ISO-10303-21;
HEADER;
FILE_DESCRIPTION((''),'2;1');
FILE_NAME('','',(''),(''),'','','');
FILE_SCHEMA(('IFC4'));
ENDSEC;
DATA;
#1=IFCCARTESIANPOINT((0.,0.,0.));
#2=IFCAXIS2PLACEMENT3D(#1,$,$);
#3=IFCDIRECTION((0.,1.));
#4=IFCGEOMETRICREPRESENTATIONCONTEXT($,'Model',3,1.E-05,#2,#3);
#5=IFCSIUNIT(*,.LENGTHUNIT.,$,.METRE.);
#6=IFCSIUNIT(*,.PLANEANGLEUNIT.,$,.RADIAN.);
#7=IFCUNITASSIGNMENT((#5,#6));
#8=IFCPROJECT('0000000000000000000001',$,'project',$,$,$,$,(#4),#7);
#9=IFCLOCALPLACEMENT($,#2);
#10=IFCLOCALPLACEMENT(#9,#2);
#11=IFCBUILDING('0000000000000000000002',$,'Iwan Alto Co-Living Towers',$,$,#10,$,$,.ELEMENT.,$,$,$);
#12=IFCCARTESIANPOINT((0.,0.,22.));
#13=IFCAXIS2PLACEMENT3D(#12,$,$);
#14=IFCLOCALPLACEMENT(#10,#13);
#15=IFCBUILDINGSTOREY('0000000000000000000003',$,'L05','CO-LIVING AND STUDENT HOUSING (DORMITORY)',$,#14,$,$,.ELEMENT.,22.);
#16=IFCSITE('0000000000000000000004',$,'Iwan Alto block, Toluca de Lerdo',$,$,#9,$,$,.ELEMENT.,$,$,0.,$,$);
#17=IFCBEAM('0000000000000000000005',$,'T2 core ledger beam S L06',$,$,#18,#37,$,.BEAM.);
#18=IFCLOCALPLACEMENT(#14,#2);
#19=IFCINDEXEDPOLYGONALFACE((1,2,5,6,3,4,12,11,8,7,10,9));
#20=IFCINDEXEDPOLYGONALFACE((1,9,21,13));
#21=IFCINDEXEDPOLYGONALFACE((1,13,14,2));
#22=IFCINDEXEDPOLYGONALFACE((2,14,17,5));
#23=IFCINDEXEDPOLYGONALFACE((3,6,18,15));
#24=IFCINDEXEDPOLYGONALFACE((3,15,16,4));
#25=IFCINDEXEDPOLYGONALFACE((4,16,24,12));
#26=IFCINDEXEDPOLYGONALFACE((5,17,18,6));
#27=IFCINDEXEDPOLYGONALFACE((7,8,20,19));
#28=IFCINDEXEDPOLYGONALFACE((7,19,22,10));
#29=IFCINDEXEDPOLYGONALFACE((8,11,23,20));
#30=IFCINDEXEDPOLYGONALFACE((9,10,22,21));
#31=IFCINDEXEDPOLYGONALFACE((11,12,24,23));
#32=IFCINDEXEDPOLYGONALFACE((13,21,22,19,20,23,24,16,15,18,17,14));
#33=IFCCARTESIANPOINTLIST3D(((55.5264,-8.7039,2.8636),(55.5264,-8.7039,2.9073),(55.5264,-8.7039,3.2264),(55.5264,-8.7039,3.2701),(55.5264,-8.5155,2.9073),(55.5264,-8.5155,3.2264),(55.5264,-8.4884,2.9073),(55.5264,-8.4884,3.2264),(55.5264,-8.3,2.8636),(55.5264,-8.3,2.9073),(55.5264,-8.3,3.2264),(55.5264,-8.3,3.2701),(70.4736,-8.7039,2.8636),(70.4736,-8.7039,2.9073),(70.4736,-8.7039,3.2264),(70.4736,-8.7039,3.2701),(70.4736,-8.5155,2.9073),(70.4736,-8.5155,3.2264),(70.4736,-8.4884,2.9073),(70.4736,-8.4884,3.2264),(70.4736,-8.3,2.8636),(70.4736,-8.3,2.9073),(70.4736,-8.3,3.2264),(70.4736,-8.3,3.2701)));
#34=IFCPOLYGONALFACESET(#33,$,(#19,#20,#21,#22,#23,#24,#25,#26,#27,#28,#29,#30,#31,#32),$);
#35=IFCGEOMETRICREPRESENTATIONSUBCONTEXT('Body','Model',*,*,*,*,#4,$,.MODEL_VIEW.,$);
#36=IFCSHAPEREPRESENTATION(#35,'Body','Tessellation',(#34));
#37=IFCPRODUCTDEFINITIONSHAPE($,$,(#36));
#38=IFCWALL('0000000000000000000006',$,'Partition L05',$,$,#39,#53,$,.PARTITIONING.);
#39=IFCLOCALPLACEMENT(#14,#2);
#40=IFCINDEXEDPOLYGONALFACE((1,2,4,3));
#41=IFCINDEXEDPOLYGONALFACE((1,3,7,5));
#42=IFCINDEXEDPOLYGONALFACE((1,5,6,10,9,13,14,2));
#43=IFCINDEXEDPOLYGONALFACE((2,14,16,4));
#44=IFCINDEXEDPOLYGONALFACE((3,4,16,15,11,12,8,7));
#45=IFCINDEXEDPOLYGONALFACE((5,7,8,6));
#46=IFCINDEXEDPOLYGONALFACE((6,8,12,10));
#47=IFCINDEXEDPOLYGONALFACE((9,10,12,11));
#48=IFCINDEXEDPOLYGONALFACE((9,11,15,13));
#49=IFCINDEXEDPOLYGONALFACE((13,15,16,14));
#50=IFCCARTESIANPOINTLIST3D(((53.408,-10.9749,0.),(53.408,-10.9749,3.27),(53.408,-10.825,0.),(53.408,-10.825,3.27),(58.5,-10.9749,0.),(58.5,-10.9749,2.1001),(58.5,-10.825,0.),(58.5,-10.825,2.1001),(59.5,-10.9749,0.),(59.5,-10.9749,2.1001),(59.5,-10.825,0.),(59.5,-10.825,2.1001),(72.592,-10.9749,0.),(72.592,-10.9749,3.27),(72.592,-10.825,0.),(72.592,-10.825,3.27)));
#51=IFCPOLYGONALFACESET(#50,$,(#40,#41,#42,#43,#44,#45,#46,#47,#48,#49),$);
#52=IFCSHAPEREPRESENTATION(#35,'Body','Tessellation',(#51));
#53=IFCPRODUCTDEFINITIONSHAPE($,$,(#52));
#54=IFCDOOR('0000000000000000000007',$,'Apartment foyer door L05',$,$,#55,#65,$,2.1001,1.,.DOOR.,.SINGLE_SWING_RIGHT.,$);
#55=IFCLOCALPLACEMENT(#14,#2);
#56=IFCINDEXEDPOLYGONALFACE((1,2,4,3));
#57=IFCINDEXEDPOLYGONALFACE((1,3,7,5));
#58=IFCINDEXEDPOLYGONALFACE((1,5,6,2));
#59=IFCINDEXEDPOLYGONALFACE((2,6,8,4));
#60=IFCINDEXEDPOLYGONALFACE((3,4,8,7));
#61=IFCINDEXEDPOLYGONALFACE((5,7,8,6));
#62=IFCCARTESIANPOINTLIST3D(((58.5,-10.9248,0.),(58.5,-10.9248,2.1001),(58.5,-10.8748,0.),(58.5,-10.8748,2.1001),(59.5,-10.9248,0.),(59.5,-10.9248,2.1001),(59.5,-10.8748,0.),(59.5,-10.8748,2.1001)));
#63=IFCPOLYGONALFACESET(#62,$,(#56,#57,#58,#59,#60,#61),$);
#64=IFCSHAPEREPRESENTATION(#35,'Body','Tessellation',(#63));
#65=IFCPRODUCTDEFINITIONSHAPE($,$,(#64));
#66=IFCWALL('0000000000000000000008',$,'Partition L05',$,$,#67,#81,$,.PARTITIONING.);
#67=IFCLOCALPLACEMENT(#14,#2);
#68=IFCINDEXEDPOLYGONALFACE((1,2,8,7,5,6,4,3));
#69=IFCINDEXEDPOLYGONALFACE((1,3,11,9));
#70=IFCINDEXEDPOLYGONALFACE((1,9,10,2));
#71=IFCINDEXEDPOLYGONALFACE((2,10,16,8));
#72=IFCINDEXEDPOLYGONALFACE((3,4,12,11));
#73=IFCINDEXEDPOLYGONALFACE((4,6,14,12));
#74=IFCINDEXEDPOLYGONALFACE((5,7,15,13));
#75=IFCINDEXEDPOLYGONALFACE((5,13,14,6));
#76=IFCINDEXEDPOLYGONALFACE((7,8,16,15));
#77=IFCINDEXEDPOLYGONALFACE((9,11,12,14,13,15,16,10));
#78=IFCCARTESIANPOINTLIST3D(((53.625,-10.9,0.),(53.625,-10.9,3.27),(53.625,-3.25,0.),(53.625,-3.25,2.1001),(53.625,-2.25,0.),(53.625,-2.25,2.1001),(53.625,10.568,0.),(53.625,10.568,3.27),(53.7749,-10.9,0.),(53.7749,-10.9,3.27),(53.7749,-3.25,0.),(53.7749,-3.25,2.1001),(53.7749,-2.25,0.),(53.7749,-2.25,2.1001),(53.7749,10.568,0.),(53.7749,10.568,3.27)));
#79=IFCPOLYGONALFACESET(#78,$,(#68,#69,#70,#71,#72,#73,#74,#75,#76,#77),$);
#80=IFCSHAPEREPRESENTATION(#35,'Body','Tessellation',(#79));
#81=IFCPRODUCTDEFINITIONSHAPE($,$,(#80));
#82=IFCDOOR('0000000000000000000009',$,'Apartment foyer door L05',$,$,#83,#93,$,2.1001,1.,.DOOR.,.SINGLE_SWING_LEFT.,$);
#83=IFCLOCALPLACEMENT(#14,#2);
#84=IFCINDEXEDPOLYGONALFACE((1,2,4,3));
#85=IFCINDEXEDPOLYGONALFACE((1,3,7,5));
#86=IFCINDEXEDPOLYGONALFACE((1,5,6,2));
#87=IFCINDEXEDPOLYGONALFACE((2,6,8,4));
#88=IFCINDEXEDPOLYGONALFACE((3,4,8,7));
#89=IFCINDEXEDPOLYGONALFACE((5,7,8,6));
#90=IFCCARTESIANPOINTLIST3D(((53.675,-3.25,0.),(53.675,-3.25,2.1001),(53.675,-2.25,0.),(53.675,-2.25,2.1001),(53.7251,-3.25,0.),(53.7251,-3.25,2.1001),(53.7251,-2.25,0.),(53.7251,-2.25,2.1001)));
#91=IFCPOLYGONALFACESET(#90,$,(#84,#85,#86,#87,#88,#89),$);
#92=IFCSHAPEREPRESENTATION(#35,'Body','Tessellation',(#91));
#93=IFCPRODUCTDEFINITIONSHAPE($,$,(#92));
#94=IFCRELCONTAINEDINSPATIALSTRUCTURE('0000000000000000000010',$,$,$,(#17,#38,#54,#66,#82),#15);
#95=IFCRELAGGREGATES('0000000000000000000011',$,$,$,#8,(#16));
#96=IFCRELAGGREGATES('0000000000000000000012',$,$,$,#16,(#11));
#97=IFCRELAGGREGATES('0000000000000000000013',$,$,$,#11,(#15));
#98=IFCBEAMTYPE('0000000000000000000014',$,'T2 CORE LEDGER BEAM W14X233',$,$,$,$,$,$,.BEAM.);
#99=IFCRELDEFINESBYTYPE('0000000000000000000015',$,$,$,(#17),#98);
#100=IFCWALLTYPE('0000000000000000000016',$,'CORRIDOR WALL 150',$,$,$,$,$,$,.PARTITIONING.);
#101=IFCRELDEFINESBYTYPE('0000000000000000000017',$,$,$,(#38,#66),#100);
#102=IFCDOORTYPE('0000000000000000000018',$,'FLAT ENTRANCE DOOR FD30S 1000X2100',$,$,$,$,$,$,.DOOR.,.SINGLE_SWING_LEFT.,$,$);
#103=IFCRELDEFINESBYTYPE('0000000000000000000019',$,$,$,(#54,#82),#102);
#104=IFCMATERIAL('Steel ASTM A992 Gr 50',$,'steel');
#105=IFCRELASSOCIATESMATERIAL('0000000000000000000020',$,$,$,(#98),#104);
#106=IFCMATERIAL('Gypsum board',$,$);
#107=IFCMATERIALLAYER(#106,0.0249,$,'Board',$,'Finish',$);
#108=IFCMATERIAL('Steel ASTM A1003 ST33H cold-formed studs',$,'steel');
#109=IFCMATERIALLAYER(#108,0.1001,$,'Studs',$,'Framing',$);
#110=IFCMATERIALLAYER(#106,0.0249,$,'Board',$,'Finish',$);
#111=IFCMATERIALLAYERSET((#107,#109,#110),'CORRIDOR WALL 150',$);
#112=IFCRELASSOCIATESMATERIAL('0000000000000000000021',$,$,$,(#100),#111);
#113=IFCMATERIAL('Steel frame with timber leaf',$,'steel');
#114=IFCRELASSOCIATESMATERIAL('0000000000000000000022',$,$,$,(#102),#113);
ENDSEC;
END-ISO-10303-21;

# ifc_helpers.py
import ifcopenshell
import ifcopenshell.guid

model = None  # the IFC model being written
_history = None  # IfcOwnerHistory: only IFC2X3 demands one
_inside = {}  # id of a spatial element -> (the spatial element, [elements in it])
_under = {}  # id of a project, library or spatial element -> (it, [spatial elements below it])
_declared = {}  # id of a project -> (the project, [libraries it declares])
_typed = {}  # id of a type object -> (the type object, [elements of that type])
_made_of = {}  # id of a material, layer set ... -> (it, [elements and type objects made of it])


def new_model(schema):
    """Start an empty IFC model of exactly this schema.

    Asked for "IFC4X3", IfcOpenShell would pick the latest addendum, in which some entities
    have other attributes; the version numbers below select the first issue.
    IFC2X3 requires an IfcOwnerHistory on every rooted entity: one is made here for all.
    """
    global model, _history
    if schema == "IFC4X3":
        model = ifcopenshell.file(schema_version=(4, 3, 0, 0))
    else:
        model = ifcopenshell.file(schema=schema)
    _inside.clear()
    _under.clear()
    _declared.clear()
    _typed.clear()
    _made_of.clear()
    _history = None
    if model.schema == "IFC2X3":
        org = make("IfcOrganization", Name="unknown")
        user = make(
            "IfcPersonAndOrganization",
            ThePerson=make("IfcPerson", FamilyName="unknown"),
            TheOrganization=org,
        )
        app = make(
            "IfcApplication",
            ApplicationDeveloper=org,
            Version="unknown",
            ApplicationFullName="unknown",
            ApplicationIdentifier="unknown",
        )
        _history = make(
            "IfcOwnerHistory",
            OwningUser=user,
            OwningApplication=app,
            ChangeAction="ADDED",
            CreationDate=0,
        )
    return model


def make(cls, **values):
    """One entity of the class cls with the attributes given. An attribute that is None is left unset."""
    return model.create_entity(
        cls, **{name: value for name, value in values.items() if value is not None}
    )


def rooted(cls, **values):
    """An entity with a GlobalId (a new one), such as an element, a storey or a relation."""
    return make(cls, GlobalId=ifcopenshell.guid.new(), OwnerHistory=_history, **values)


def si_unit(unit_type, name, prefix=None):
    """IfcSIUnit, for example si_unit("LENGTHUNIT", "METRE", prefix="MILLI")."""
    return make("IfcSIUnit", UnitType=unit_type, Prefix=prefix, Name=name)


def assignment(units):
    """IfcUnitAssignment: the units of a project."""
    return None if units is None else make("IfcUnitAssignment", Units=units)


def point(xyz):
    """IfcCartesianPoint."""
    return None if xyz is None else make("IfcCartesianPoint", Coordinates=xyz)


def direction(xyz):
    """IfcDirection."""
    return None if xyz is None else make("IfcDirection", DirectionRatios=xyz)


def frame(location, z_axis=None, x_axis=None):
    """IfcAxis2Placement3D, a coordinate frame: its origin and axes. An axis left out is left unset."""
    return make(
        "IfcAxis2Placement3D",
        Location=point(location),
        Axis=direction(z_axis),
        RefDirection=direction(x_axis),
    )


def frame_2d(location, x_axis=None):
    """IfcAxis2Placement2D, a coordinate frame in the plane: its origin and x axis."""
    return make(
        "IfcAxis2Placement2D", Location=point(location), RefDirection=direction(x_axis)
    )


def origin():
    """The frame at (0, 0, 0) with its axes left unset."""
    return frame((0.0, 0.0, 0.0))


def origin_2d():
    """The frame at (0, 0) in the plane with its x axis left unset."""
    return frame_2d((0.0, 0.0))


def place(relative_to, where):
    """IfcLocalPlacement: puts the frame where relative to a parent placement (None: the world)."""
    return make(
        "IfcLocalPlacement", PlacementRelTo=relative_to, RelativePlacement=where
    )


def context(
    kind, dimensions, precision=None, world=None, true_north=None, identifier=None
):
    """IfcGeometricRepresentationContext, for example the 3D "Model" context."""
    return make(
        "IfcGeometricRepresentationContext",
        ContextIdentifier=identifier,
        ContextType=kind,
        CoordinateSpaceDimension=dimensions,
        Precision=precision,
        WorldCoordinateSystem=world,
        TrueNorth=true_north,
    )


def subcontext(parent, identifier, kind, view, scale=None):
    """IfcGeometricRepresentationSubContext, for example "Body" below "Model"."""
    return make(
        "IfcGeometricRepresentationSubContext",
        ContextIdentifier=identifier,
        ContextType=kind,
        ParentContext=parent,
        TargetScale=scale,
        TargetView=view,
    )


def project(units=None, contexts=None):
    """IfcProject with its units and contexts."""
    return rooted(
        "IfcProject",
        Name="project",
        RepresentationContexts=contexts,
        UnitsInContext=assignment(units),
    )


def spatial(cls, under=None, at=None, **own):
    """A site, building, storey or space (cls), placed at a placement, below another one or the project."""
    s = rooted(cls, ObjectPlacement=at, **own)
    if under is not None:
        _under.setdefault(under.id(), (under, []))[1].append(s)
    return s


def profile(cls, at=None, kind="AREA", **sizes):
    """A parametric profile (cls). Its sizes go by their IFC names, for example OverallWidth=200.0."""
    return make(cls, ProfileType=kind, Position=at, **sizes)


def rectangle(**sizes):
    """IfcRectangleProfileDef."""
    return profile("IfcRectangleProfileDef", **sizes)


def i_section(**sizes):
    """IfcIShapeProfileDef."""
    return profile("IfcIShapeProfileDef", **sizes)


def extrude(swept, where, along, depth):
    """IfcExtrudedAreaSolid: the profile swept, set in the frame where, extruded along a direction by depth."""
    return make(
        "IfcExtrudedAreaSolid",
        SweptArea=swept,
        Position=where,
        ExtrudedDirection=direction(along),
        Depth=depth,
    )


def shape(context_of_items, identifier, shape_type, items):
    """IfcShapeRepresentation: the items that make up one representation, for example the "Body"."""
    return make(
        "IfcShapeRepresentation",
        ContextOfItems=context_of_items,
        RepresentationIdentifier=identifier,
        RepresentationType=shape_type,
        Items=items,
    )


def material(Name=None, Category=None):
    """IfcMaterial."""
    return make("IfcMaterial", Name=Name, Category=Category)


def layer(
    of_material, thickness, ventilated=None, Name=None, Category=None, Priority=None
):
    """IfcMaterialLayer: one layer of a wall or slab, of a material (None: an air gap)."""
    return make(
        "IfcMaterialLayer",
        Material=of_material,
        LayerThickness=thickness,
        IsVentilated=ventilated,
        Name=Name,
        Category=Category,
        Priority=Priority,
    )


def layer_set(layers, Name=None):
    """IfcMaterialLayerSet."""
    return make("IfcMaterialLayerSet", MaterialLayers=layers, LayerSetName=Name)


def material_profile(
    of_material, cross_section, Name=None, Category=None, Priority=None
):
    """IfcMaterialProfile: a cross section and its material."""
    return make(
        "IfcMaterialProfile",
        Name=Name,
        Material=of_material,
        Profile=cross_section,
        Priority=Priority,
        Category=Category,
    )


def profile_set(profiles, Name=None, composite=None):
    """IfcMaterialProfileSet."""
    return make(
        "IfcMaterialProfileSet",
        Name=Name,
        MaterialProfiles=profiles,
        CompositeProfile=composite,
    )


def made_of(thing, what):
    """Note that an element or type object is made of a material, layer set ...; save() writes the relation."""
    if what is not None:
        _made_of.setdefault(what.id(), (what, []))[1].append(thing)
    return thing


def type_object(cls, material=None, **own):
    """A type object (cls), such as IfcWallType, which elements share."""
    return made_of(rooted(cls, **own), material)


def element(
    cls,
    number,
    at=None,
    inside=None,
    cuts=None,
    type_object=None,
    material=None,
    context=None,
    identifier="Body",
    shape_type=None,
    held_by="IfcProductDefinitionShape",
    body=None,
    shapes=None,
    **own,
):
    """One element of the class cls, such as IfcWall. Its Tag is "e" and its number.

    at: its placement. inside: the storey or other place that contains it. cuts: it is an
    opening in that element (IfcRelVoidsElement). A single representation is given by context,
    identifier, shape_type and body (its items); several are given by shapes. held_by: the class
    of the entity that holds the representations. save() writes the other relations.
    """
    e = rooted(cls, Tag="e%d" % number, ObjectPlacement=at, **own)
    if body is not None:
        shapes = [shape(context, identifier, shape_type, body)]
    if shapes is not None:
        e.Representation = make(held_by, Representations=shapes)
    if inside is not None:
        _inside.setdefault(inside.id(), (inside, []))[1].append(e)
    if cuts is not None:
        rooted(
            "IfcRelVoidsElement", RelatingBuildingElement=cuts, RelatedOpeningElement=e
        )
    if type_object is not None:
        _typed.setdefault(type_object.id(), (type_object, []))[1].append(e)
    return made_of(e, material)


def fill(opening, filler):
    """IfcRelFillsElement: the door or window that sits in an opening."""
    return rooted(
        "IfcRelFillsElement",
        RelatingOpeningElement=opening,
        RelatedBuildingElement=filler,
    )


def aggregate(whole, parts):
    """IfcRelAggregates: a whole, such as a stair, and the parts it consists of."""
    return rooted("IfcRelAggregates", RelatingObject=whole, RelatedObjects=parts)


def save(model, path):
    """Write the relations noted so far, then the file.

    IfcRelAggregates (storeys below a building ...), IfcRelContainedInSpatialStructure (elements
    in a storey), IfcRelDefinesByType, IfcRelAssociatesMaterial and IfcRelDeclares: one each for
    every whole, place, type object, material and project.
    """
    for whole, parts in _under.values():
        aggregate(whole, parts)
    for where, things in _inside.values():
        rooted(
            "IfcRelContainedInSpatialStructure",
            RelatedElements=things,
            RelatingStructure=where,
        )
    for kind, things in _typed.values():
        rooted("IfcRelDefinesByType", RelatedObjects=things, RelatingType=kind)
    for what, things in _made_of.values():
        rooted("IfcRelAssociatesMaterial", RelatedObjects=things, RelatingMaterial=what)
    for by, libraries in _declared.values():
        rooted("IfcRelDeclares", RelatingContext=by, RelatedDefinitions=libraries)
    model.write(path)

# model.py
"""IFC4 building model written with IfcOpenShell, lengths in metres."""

from ifc_helpers import new_model, si_unit, direction, frame, frame_2d, origin, origin_2d, place, context, subcontext, project, spatial, rectangle, i_section, extrude, material, layer, layer_set, material_profile, profile_set, type_object, element, fill, save


model = new_model("IFC4")

# Units and contexts
model_context = context("Model", 3, precision=1e-05, world=origin(), true_north=direction((0.0, 1.0)))
body_context = subcontext(model_context, "Body", "Model", "MODEL_VIEW")
ifc_project = project(units=[si_unit("LENGTHUNIT", "METRE"), si_unit("PLANEANGLEUNIT", "RADIAN")], contexts=[model_context])

# Site, building, storey
site_placement = place(None, origin())
site = spatial("IfcSite", under=ifc_project, at=site_placement, Name="Iwan Alto block, Toluca de Lerdo", CompositionType="ELEMENT", RefElevation=0.0)
building_placement = place(site_placement, origin())
building = spatial("IfcBuilding", under=site, at=building_placement, Name="Iwan Alto Co-Living Towers", CompositionType="ELEMENT")
storey_placement = place(building_placement, frame((0.0, 0.0, 22.0)))
storey = spatial("IfcBuildingStorey", under=building, at=storey_placement, Name="L05", Description="CO-LIVING AND STUDENT HOUSING (DORMITORY)", CompositionType="ELEMENT", Elevation=22.0)

# Beam
ifc_material_1 = material(Name="Steel ASTM A992 Gr 50", Category="steel")
ifc_material_profile = material_profile(ifc_material_1, i_section(OverallWidth=0.4038, OverallDepth=0.4065, WebThickness=0.0271, FlangeThickness=0.0437, at=origin_2d()), Name="W14X233")
ifc_profile_set = profile_set([ifc_material_profile], Name="Steel ASTM A992 Gr 50")
beam_type = type_object("IfcBeamType", Name="T2 CORE LEDGER BEAM W14X233", PredefinedType="BEAM", material=ifc_profile_set)
beam_placement = place(storey_placement, frame((55.5264, -8.502, 3.0669), z_axis=(1.0, 0.0, 0.0), x_axis=(0.0, 1.0, 0.0)))
element("IfcBeam", 1, at=beam_placement, inside=storey, type_object=beam_type, Name="T2 core ledger beam S L06", PredefinedType="BEAM", context=body_context, shape_type="SweptSolid", body=[
    extrude(i_section(OverallWidth=0.4038, OverallDepth=0.4065, WebThickness=0.0271, FlangeThickness=0.0437, at=origin_2d()), origin(), (0.0, 0.0, 1.0), 14.9473),
])

# Walls, openings, doors
ifc_material_2 = material(Name="Gypsum board")
ifc_layer_1 = layer(ifc_material_2, 0.0249, Name="Board", Category="Finish")
ifc_material_3 = material(Name="Steel ASTM A1003 ST33H cold-formed studs", Category="steel")
ifc_layer_2 = layer(ifc_material_3, 0.1001, Name="Studs", Category="Framing")
ifc_layer_3 = layer(ifc_material_2, 0.0249, Name="Board", Category="Finish")
ifc_layer_set_1 = layer_set([ifc_layer_1, ifc_layer_2, ifc_layer_3], Name="CORRIDOR WALL 150")
wall_type_1 = type_object("IfcWallType", Name="CORRIDOR WALL 150", PredefinedType="PARTITIONING", material=ifc_layer_set_1)
wall_1_placement = place(storey_placement, frame((53.408, -10.8999, 0.0), z_axis=(0.0, 0.0, 1.0), x_axis=(1.0, 0.0, 0.0)))
wall_1 = element("IfcWall", 2, at=wall_1_placement, inside=storey, type_object=wall_type_1, Name="Partition L05", PredefinedType="PARTITIONING", context=body_context, shape_type="SweptSolid", body=[
    extrude(rectangle(XDim=19.1841, YDim=0.1499, at=frame_2d((9.592, 0.0))), origin(), (0.0, 0.0, 1.0), 3.27),
])
opening_1_placement = place(wall_1_placement, frame((5.092, 0.0, 0.0)))
opening_1 = element("IfcOpeningElement", 3, at=opening_1_placement, cuts=wall_1, PredefinedType="OPENING", context=body_context, shape_type="SweptSolid", body=[
    extrude(rectangle(XDim=1.0, YDim=2.1001, at=frame_2d((0.5, 1.05))), frame((0.0, 0.085, 0.0), z_axis=(0.0, -1.0, 0.0), x_axis=(1.0, 0.0, 0.0)), (0.0, 0.0, 1.0), 0.1699),
])
ifc_material_4 = material(Name="Steel frame with timber leaf", Category="steel")
door_type_1 = type_object("IfcDoorType", Name="FLAT ENTRANCE DOOR FD30S 1000X2100", OperationType="SINGLE_SWING_LEFT", PredefinedType="DOOR", material=ifc_material_4)
door_1_placement = place(opening_1_placement, frame((1.0, 0.0, 0.0), z_axis=(0.0, 0.0, 1.0), x_axis=(-1.0, 0.0, 0.0)))
door_1 = element("IfcDoor", 4, at=door_1_placement, inside=storey, type_object=door_type_1, Name="Apartment foyer door L05", OperationType="SINGLE_SWING_RIGHT", OverallHeight=2.1001, OverallWidth=1.0, PredefinedType="DOOR", context=body_context, shape_type="SweptSolid", body=[
    extrude(rectangle(XDim=1.0, YDim=2.1001, at=frame_2d((0.5, 1.05))), frame((0.0, 0.0249, 0.0), z_axis=(0.0, -1.0, 0.0), x_axis=(1.0, 0.0, 0.0)), (0.0, 0.0, 1.0), 0.05),
])
fill(opening_1, door_1)
wall_2_placement = place(storey_placement, frame((53.7, -10.8999, 0.0), z_axis=(0.0, 0.0, 1.0), x_axis=(0.0, 1.0, 0.0)))
wall_2 = element("IfcWall", 5, at=wall_2_placement, inside=storey, type_object=wall_type_1, Name="Partition L05", PredefinedType="PARTITIONING", context=body_context, shape_type="SweptSolid", body=[
    extrude(rectangle(XDim=21.468, YDim=0.1499, at=frame_2d((10.7339, 0.0))), origin(), (0.0, 0.0, 1.0), 3.27),
])
opening_2_placement = place(wall_2_placement, frame((7.6499, 0.0, 0.0)))
opening_2 = element("IfcOpeningElement", 6, at=opening_2_placement, cuts=wall_2, PredefinedType="OPENING", context=body_context, shape_type="SweptSolid", body=[
    extrude(rectangle(XDim=1.0, YDim=2.1001, at=frame_2d((0.5, 1.05))), frame((0.0, 0.085, 0.0), z_axis=(0.0, -1.0, 0.0), x_axis=(1.0, 0.0, 0.0)), (0.0, 0.0, 1.0), 0.1699),
])
door_2_placement = place(opening_2_placement, origin())
door_2 = element("IfcDoor", 7, at=door_2_placement, inside=storey, type_object=door_type_1, Name="Apartment foyer door L05", OperationType="SINGLE_SWING_LEFT", OverallHeight=2.1001, OverallWidth=1.0, PredefinedType="DOOR", context=body_context, shape_type="SweptSolid", body=[
    extrude(rectangle(XDim=1.0, YDim=2.1001, at=frame_2d((0.5, 1.05))), frame((0.0, 0.0249, 0.0), z_axis=(0.0, -1.0, 0.0), x_axis=(1.0, 0.0, 0.0)), (0.0, 0.0, 1.0), 0.05),
])
fill(opening_2, door_2)

save(model, "model.ifc")
